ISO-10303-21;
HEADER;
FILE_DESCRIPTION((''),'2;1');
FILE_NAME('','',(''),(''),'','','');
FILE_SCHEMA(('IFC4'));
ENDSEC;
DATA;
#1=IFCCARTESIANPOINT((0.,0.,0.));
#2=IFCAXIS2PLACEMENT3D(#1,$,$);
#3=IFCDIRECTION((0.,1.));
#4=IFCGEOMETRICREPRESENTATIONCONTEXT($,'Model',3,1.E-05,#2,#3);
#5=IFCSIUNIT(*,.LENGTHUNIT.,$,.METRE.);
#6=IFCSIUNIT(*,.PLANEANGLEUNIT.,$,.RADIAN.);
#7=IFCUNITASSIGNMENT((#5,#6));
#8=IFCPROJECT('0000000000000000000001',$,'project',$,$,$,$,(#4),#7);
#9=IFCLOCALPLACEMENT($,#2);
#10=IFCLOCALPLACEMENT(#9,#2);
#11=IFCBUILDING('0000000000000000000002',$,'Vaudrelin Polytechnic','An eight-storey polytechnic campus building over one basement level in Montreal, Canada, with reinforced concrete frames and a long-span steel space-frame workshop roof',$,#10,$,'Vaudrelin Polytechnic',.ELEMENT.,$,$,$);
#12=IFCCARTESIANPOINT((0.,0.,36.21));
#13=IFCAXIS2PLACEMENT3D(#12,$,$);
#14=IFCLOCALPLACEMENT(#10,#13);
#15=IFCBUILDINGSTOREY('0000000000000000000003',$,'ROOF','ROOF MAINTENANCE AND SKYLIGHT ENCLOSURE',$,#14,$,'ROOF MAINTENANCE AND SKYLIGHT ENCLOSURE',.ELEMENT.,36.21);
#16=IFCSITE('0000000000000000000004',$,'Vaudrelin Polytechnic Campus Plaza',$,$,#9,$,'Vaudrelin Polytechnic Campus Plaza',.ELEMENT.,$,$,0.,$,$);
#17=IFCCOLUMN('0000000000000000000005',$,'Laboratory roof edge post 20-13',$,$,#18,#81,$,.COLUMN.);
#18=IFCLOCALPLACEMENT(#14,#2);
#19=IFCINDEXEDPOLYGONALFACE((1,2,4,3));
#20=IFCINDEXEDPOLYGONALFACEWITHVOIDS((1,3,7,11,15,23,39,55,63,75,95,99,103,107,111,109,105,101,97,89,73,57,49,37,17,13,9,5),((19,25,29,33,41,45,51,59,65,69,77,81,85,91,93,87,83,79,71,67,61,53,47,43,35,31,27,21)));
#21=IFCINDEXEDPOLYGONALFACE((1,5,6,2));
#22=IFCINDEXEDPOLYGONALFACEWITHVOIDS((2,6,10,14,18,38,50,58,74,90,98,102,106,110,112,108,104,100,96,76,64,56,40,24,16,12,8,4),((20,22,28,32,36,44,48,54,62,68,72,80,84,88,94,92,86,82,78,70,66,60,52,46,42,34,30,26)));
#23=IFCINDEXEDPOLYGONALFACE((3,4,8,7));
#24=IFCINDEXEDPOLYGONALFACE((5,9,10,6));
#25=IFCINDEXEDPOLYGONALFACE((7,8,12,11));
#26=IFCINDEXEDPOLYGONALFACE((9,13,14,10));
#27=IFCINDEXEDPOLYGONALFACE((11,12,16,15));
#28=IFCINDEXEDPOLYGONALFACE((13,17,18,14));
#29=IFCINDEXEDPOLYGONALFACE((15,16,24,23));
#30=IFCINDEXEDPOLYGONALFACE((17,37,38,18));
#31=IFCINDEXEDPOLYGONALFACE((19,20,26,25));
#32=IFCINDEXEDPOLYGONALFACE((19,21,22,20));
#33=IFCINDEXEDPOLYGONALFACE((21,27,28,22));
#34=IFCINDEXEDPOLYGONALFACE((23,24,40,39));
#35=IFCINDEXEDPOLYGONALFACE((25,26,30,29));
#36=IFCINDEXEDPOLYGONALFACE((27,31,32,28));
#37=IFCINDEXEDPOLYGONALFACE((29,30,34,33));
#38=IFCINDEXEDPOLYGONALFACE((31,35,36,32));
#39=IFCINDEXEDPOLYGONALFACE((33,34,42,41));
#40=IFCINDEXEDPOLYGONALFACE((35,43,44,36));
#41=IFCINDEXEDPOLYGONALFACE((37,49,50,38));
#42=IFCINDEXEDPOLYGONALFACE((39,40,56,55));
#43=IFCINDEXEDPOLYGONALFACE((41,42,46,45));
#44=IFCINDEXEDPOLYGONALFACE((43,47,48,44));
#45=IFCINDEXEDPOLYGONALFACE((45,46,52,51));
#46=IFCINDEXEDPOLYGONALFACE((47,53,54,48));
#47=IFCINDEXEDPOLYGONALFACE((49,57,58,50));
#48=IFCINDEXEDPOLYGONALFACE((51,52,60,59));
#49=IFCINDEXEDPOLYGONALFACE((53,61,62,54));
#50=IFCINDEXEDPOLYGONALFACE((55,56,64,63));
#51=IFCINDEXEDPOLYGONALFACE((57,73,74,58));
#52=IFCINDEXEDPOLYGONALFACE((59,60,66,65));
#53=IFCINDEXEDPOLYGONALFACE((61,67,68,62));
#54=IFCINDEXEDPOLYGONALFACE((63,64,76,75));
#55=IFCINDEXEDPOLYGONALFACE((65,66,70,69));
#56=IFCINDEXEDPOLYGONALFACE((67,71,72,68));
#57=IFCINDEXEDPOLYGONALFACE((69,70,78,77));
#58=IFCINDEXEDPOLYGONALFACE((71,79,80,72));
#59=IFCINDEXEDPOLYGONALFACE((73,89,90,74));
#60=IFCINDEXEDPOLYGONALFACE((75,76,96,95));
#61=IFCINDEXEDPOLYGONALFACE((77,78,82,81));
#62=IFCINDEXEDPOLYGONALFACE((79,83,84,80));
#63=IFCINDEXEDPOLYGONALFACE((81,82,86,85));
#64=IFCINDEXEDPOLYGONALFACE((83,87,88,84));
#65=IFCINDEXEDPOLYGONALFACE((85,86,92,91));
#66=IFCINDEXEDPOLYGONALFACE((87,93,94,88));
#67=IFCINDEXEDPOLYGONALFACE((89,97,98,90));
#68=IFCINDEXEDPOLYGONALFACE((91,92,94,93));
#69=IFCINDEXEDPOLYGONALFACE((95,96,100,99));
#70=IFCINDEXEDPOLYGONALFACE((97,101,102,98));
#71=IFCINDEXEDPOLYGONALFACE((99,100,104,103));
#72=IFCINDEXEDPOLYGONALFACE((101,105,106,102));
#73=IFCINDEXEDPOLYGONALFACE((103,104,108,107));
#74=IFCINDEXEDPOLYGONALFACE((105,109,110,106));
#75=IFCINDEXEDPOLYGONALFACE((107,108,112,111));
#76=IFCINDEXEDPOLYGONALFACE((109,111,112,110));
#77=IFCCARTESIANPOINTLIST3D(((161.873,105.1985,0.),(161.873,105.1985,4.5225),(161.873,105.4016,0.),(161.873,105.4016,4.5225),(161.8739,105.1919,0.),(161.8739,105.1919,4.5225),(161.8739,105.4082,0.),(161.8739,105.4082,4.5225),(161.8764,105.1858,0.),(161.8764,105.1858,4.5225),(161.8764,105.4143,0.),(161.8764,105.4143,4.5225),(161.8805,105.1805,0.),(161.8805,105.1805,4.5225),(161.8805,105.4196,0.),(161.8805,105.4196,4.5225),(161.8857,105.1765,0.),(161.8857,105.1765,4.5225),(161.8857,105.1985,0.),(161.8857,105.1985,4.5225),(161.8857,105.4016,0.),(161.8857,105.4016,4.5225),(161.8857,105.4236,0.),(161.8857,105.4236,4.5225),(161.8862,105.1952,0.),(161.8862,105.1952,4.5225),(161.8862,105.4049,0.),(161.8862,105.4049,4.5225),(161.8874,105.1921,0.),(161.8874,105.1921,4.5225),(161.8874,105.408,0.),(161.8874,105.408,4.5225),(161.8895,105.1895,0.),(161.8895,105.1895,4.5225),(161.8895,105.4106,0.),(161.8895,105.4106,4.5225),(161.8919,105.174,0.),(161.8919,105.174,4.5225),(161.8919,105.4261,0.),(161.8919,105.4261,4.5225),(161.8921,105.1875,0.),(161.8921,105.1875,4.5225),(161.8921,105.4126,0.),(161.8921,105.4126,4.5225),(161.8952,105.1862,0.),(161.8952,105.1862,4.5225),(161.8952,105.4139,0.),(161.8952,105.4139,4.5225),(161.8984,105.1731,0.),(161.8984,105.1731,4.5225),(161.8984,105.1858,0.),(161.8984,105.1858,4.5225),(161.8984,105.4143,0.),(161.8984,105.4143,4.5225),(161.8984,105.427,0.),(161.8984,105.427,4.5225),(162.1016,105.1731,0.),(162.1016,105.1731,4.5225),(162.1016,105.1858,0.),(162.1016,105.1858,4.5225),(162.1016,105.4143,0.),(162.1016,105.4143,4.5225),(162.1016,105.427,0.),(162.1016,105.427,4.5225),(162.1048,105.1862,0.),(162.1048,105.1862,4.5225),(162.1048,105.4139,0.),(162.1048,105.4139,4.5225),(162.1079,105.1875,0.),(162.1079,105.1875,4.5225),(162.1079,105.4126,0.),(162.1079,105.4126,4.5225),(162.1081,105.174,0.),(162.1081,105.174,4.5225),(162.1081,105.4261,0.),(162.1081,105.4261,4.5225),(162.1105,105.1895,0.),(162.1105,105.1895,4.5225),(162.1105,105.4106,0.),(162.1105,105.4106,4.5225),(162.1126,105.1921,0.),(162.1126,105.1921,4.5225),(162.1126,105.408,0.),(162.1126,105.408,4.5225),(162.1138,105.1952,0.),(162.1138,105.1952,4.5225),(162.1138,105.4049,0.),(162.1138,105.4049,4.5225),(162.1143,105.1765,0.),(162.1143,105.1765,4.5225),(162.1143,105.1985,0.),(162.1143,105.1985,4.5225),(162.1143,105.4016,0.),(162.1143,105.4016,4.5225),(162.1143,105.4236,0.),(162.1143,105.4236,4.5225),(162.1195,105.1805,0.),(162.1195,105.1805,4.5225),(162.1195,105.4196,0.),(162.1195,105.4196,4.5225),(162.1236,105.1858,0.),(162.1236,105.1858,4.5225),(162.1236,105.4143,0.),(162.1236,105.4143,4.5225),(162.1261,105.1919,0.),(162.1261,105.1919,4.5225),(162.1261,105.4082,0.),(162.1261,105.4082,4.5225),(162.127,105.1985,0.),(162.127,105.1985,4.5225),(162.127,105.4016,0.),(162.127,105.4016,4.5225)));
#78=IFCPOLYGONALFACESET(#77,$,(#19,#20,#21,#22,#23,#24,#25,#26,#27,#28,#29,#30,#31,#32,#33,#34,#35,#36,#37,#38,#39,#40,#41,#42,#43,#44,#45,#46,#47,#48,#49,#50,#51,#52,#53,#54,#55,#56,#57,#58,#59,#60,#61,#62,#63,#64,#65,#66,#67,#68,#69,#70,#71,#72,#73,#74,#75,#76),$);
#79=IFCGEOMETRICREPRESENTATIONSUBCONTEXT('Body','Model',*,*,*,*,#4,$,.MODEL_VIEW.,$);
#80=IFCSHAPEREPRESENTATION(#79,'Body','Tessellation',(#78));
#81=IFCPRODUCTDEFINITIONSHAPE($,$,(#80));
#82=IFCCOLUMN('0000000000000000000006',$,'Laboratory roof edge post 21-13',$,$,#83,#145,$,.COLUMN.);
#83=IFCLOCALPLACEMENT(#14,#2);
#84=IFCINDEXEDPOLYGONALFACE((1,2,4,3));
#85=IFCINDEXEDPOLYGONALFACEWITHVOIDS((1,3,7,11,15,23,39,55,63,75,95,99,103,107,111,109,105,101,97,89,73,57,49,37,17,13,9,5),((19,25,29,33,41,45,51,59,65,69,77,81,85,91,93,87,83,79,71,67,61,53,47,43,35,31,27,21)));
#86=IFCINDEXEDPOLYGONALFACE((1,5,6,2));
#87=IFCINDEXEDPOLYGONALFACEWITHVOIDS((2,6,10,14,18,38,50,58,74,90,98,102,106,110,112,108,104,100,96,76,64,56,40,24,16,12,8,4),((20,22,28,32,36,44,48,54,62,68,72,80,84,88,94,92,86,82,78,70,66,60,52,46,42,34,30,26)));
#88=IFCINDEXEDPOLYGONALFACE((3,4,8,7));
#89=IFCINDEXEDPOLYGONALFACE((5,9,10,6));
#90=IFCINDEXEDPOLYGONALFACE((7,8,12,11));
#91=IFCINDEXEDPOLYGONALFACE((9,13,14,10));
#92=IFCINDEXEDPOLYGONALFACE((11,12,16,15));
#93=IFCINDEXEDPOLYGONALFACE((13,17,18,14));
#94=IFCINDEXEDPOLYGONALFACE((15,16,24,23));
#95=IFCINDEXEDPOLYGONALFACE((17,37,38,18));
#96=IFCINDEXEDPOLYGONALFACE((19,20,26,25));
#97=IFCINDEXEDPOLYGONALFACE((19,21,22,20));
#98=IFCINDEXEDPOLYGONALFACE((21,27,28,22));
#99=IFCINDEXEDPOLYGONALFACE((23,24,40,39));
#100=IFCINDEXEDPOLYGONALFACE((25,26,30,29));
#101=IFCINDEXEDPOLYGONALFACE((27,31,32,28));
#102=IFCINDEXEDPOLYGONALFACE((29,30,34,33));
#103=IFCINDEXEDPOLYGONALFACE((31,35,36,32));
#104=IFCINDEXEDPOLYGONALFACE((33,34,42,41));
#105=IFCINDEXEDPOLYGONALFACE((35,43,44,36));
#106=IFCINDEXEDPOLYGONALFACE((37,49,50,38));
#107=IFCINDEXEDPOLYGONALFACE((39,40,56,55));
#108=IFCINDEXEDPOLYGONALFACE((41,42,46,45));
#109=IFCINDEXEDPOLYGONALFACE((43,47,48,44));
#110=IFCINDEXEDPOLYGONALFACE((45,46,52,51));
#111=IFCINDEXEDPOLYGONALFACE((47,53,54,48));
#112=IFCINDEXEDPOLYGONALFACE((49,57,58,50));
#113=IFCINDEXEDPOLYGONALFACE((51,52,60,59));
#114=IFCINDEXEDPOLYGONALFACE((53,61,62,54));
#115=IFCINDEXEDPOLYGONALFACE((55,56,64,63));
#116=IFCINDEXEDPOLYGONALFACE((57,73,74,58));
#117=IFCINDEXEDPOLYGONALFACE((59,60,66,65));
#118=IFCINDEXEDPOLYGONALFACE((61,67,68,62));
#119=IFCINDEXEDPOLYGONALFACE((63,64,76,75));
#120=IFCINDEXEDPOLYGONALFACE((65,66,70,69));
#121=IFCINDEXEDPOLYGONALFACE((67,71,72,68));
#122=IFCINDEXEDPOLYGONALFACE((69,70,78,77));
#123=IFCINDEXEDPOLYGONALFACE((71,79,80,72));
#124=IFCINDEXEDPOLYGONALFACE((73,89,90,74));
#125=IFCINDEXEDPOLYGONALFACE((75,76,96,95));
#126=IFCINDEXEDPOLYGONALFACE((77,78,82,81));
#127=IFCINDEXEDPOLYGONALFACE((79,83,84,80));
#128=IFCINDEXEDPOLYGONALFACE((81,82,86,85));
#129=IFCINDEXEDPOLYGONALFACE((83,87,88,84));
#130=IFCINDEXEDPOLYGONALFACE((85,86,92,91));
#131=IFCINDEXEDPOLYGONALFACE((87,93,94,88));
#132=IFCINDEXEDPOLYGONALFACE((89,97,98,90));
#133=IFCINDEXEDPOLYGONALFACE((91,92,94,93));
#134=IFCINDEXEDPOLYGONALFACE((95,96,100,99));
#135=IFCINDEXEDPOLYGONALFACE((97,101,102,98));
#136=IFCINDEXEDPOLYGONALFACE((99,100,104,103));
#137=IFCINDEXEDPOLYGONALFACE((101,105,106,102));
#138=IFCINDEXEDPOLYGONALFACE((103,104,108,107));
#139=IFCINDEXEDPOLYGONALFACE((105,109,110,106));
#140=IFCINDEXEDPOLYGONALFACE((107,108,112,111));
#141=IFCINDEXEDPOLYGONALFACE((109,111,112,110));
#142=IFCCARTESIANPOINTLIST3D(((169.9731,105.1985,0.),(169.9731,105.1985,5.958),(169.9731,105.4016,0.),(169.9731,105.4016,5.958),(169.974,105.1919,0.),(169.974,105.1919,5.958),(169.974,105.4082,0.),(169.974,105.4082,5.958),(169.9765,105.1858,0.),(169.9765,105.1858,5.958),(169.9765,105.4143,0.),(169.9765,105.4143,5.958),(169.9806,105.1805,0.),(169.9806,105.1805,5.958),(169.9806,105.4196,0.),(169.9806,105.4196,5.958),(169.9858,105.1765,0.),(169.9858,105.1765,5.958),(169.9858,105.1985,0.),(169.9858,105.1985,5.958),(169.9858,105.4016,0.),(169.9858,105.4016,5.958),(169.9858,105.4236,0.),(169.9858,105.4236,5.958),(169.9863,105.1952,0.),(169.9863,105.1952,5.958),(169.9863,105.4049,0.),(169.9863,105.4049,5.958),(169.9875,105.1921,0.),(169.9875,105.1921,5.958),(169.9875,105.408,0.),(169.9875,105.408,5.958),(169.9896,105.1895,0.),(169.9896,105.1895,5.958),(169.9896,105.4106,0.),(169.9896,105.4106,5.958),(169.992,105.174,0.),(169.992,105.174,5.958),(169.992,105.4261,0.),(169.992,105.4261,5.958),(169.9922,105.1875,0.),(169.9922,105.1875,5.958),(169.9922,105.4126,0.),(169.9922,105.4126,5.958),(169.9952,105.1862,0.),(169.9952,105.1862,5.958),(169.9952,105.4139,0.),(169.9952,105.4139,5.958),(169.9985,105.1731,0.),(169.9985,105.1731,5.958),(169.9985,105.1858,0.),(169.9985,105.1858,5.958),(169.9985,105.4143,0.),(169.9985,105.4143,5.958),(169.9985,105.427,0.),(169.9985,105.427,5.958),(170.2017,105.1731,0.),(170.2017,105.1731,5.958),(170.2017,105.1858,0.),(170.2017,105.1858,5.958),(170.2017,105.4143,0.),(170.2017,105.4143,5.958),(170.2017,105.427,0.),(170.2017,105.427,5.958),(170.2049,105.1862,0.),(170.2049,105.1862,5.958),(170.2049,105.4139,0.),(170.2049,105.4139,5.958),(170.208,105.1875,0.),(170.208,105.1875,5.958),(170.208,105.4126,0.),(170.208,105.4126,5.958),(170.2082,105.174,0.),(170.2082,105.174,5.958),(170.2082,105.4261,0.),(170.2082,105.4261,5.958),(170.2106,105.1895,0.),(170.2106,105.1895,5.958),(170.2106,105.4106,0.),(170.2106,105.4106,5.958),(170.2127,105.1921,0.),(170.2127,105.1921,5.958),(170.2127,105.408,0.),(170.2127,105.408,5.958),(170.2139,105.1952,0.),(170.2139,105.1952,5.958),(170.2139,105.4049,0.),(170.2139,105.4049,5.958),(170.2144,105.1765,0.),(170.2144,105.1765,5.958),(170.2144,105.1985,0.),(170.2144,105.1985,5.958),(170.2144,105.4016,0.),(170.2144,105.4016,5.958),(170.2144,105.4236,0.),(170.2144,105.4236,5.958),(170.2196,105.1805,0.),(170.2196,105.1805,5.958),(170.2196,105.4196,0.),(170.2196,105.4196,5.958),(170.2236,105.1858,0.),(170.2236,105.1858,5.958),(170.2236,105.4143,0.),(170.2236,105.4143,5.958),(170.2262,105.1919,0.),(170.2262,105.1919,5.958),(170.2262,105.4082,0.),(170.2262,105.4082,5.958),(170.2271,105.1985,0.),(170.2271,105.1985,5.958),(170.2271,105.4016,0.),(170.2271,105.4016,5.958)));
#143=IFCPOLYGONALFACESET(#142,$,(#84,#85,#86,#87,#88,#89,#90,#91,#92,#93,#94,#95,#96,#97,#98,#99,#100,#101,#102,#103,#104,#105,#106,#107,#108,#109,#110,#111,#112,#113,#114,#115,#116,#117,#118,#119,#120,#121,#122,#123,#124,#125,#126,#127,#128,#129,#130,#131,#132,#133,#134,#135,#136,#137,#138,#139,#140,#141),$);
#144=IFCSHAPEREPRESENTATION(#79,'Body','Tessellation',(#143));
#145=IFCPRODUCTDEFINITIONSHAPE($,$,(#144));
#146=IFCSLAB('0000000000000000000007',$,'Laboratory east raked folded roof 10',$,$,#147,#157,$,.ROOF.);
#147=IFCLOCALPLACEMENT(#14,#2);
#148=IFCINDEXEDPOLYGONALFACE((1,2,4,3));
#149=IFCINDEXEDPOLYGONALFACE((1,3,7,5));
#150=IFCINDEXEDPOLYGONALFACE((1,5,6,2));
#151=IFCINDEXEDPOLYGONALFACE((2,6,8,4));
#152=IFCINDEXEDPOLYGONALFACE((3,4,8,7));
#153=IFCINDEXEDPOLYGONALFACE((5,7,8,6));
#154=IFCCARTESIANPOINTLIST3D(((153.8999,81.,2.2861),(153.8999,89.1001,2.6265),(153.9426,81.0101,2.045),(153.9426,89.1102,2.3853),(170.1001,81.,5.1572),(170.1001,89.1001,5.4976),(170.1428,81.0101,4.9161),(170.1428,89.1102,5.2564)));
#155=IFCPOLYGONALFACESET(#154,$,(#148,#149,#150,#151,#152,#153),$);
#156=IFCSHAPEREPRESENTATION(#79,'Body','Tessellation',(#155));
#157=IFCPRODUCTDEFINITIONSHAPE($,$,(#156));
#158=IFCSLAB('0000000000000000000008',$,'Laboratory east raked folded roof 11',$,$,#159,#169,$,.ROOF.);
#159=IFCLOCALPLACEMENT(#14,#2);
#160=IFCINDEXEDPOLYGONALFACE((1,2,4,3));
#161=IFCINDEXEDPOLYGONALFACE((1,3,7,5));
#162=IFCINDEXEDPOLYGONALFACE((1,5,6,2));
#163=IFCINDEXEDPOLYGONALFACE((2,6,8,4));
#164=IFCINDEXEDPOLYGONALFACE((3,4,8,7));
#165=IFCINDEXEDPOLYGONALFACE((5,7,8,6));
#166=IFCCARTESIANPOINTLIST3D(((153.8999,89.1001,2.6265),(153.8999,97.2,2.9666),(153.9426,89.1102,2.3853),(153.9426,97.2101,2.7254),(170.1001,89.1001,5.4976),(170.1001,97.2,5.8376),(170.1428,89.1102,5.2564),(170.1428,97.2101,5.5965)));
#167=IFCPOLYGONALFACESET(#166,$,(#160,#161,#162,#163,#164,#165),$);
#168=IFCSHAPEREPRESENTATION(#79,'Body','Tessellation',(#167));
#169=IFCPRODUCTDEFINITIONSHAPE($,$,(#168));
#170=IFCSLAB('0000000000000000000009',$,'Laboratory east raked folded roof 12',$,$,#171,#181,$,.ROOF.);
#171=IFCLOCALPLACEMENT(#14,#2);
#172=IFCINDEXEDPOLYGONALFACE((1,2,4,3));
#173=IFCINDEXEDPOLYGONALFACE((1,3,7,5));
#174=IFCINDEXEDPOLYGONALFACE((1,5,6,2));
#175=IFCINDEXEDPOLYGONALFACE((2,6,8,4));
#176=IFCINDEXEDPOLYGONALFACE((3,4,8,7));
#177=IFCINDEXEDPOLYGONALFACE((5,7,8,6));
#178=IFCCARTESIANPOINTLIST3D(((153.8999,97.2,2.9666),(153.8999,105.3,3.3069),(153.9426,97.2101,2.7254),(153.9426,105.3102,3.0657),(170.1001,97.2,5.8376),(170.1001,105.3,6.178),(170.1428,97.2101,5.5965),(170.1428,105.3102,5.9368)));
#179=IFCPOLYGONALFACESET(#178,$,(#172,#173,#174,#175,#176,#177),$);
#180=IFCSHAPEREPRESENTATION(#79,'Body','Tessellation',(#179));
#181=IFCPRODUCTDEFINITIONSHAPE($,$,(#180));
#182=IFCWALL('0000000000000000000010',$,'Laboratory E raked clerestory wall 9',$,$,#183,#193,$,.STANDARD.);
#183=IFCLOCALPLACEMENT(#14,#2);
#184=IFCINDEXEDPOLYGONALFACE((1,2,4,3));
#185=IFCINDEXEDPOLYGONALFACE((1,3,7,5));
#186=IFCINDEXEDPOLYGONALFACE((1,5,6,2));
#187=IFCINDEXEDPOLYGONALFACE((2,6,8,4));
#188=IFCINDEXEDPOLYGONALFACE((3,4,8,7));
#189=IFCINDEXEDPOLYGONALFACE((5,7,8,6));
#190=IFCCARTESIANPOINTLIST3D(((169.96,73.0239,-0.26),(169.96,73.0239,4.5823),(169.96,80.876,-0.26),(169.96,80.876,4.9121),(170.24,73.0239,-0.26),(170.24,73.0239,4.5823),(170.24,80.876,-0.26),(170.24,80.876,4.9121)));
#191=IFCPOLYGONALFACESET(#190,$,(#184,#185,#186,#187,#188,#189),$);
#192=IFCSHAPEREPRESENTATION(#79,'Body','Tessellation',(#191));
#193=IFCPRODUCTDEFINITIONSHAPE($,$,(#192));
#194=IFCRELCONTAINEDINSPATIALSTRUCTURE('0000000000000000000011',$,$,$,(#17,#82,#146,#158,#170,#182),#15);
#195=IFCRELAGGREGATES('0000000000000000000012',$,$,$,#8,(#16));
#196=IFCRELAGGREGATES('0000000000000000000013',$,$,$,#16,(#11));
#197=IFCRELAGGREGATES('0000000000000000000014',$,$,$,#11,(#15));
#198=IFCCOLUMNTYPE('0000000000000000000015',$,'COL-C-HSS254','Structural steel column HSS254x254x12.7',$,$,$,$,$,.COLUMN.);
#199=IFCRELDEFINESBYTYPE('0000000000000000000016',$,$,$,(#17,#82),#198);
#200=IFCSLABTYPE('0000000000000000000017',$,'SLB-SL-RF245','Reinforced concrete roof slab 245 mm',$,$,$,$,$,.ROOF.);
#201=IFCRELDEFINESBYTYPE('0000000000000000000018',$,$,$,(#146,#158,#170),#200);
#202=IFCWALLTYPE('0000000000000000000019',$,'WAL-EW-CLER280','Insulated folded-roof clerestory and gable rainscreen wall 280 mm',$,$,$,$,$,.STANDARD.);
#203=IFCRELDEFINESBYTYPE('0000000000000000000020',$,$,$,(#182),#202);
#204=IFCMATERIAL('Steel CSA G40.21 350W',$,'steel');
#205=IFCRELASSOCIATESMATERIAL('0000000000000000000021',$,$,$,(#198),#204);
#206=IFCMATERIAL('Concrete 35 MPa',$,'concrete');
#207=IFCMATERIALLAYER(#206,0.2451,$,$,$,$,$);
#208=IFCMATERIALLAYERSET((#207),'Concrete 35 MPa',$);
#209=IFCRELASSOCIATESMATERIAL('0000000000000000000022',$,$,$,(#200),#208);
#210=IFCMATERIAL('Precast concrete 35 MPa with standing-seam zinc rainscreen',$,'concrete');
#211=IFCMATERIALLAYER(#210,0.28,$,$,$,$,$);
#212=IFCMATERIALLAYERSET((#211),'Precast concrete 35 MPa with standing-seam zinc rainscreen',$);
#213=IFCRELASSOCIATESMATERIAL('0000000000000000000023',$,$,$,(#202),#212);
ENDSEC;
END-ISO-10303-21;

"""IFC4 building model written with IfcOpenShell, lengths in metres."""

from ifc_helpers import new_model, si_unit, direction, frame, origin, origin_2d, place, context, subcontext, project, spatial, polyline, hollow_rectangle, outline, extrude, material, layer, layer_set, material_profile, profile_set, type_object, element, save


model = new_model("IFC4")

# Units and contexts
model_context = context("Model", 3, precision=1e-05, world=origin(), true_north=direction((0.0, 1.0)))
body_context = subcontext(model_context, "Body", "Model", "MODEL_VIEW")
ifc_project = project(units=[si_unit("LENGTHUNIT", "METRE"), si_unit("PLANEANGLEUNIT", "RADIAN")], contexts=[model_context])

# Site, building, storey
site_placement = place(None, origin())
site = spatial("IfcSite", under=ifc_project, at=site_placement, Name="Vaudrelin Polytechnic Campus Plaza", LongName="Vaudrelin Polytechnic Campus Plaza", CompositionType="ELEMENT", RefElevation=0.0)
building_placement = place(site_placement, origin())
building = spatial("IfcBuilding", under=site, at=building_placement, Name="Vaudrelin Polytechnic", Description="An eight-storey polytechnic campus building over one basement level in Montreal, Canada, with reinforced concrete frames and a long-span steel space-frame workshop roof", LongName="Vaudrelin Polytechnic", CompositionType="ELEMENT")
storey_placement = place(building_placement, frame((0.0, 0.0, 36.21)))
storey = spatial("IfcBuildingStorey", under=building, at=storey_placement, Name="ROOF", Description="ROOF MAINTENANCE AND SKYLIGHT ENCLOSURE", LongName="ROOF MAINTENANCE AND SKYLIGHT ENCLOSURE", CompositionType="ELEMENT", Elevation=36.21)

# Columns
ifc_material_1 = material(Name="Steel CSA G40.21 350W", Category="steel")
ifc_material_profile = material_profile(ifc_material_1, hollow_rectangle(XDim=0.2539, YDim=0.2539, WallThickness=0.0127, InnerFilletRadius=0.0127, OuterFilletRadius=0.0254, at=origin_2d()), Name="HSS254x254x12.7")
ifc_profile_set = profile_set([ifc_material_profile], Name="Steel CSA G40.21 350W")
column_type = type_object("IfcColumnType", Name="COL-C-HSS254", Description="Structural steel column HSS254x254x12.7", PredefinedType="COLUMN", material=ifc_profile_set)
column_1_placement = place(storey_placement, frame((162.0, 105.3, 0.0), z_axis=(0.0, 0.0, 1.0), x_axis=(1.0, 0.0, 0.0)))
element("IfcColumn", 1, at=column_1_placement, inside=storey, type_object=column_type, Name="Laboratory roof edge post 20-13", PredefinedType="COLUMN", context=body_context, shape_type="SweptSolid", body=[
    extrude(hollow_rectangle(XDim=0.2539, YDim=0.2539, WallThickness=0.0127, InnerFilletRadius=0.0127, OuterFilletRadius=0.0254, at=origin_2d()), origin(), (0.0, 0.0, 1.0), 4.5225),
])
column_2_placement = place(storey_placement, frame((170.1001, 105.3, 0.0), z_axis=(0.0, 0.0, 1.0), x_axis=(1.0, 0.0, 0.0)))
element("IfcColumn", 2, at=column_2_placement, inside=storey, type_object=column_type, Name="Laboratory roof edge post 21-13", PredefinedType="COLUMN", context=body_context, shape_type="SweptSolid", body=[
    extrude(hollow_rectangle(XDim=0.2539, YDim=0.2539, WallThickness=0.0127, InnerFilletRadius=0.0127, OuterFilletRadius=0.0254, at=origin_2d()), origin(), (0.0, 0.0, 1.0), 5.958),
])

# Slabs
ifc_material_2 = material(Name="Concrete 35 MPa", Category="concrete")
ifc_layer_1 = layer(ifc_material_2, 0.2451)
ifc_layer_set_1 = layer_set([ifc_layer_1], Name="Concrete 35 MPa")
slab_type = type_object("IfcSlabType", Name="SLB-SL-RF245", Description="Reinforced concrete roof slab 245 mm", PredefinedType="ROOF", material=ifc_layer_set_1)
slab_1_placement = place(storey_placement, frame((153.8999, 81.0, 2.2861), z_axis=(-0.174357, -0.041336, 0.983814), x_axis=(0.984656, 0.0, 0.174507)))
element("IfcSlab", 3, at=slab_1_placement, inside=storey, type_object=slab_type, Name="Laboratory east raked folded roof 10", PredefinedType="ROOF", context=body_context, shape_type="SweptSolid", body=[
    extrude(outline(polyline([(0.0, 0.0), (16.4526, 0.0), (16.512, 8.107), (0.0594, 8.107), (0.0, 0.0)])), origin(), (0.0, 0.0, -1.0), 0.2451),
])
slab_2_placement = place(storey_placement, frame((153.8999, 89.1001, 2.6265), z_axis=(-0.174358, -0.041307, 0.983816), x_axis=(0.984656, 0.0, 0.174507)))
element("IfcSlab", 4, at=slab_2_placement, inside=storey, type_object=slab_type, Name="Laboratory east raked folded roof 11", PredefinedType="ROOF", context=body_context, shape_type="SweptSolid", body=[
    extrude(outline(polyline([(0.0, 0.0), (16.4526, 0.0), (16.512, 8.1068), (0.0593, 8.1068), (0.0, 0.0)])), origin(), (0.0, 0.0, -1.0), 0.2451),
])
slab_3_placement = place(storey_placement, frame((153.8999, 97.2, 2.9666), z_axis=(-0.174357, -0.041336, 0.983814), x_axis=(0.984656, 0.0, 0.174507)))
element("IfcSlab", 5, at=slab_3_placement, inside=storey, type_object=slab_type, Name="Laboratory east raked folded roof 12", PredefinedType="ROOF", context=body_context, shape_type="SweptSolid", body=[
    extrude(outline(polyline([(0.0, 0.0), (16.4526, 0.0), (16.512, 8.107), (0.0594, 8.107), (0.0, 0.0)])), origin(), (0.0, 0.0, -1.0), 0.2451),
])

# Wall
ifc_material_3 = material(Name="Precast concrete 35 MPa with standing-seam zinc rainscreen", Category="concrete")
ifc_layer_2 = layer(ifc_material_3, 0.28)
ifc_layer_set_2 = layer_set([ifc_layer_2], Name="Precast concrete 35 MPa with standing-seam zinc rainscreen")
wall_type_1 = type_object("IfcWallType", Name="WAL-EW-CLER280", Description="Insulated folded-roof clerestory and gable rainscreen wall 280 mm", PredefinedType="STANDARD", material=ifc_layer_set_2)
wall_1_placement = place(storey_placement, frame((170.1001, 73.0239, -0.26), z_axis=(0.0, 0.0, 1.0), x_axis=(0.0, 1.0, 0.0)))
element("IfcWall", 6, at=wall_1_placement, inside=storey, type_object=wall_type_1, Name="Laboratory E raked clerestory wall 9", PredefinedType="STANDARD", context=body_context, shape_type="SweptSolid", body=[
    extrude(outline(polyline([(0.0, 0.0), (7.8521, 0.0), (7.8521, 5.1721), (0.0, 4.8423), (0.0, 0.0)])), frame((0.0, 0.1401, 0.0), z_axis=(0.0, -1.0, 0.0), x_axis=(1.0, 0.0, 0.0)), (0.0, 0.0, 1.0), 0.28),
])

save(model, "model.ifc")
